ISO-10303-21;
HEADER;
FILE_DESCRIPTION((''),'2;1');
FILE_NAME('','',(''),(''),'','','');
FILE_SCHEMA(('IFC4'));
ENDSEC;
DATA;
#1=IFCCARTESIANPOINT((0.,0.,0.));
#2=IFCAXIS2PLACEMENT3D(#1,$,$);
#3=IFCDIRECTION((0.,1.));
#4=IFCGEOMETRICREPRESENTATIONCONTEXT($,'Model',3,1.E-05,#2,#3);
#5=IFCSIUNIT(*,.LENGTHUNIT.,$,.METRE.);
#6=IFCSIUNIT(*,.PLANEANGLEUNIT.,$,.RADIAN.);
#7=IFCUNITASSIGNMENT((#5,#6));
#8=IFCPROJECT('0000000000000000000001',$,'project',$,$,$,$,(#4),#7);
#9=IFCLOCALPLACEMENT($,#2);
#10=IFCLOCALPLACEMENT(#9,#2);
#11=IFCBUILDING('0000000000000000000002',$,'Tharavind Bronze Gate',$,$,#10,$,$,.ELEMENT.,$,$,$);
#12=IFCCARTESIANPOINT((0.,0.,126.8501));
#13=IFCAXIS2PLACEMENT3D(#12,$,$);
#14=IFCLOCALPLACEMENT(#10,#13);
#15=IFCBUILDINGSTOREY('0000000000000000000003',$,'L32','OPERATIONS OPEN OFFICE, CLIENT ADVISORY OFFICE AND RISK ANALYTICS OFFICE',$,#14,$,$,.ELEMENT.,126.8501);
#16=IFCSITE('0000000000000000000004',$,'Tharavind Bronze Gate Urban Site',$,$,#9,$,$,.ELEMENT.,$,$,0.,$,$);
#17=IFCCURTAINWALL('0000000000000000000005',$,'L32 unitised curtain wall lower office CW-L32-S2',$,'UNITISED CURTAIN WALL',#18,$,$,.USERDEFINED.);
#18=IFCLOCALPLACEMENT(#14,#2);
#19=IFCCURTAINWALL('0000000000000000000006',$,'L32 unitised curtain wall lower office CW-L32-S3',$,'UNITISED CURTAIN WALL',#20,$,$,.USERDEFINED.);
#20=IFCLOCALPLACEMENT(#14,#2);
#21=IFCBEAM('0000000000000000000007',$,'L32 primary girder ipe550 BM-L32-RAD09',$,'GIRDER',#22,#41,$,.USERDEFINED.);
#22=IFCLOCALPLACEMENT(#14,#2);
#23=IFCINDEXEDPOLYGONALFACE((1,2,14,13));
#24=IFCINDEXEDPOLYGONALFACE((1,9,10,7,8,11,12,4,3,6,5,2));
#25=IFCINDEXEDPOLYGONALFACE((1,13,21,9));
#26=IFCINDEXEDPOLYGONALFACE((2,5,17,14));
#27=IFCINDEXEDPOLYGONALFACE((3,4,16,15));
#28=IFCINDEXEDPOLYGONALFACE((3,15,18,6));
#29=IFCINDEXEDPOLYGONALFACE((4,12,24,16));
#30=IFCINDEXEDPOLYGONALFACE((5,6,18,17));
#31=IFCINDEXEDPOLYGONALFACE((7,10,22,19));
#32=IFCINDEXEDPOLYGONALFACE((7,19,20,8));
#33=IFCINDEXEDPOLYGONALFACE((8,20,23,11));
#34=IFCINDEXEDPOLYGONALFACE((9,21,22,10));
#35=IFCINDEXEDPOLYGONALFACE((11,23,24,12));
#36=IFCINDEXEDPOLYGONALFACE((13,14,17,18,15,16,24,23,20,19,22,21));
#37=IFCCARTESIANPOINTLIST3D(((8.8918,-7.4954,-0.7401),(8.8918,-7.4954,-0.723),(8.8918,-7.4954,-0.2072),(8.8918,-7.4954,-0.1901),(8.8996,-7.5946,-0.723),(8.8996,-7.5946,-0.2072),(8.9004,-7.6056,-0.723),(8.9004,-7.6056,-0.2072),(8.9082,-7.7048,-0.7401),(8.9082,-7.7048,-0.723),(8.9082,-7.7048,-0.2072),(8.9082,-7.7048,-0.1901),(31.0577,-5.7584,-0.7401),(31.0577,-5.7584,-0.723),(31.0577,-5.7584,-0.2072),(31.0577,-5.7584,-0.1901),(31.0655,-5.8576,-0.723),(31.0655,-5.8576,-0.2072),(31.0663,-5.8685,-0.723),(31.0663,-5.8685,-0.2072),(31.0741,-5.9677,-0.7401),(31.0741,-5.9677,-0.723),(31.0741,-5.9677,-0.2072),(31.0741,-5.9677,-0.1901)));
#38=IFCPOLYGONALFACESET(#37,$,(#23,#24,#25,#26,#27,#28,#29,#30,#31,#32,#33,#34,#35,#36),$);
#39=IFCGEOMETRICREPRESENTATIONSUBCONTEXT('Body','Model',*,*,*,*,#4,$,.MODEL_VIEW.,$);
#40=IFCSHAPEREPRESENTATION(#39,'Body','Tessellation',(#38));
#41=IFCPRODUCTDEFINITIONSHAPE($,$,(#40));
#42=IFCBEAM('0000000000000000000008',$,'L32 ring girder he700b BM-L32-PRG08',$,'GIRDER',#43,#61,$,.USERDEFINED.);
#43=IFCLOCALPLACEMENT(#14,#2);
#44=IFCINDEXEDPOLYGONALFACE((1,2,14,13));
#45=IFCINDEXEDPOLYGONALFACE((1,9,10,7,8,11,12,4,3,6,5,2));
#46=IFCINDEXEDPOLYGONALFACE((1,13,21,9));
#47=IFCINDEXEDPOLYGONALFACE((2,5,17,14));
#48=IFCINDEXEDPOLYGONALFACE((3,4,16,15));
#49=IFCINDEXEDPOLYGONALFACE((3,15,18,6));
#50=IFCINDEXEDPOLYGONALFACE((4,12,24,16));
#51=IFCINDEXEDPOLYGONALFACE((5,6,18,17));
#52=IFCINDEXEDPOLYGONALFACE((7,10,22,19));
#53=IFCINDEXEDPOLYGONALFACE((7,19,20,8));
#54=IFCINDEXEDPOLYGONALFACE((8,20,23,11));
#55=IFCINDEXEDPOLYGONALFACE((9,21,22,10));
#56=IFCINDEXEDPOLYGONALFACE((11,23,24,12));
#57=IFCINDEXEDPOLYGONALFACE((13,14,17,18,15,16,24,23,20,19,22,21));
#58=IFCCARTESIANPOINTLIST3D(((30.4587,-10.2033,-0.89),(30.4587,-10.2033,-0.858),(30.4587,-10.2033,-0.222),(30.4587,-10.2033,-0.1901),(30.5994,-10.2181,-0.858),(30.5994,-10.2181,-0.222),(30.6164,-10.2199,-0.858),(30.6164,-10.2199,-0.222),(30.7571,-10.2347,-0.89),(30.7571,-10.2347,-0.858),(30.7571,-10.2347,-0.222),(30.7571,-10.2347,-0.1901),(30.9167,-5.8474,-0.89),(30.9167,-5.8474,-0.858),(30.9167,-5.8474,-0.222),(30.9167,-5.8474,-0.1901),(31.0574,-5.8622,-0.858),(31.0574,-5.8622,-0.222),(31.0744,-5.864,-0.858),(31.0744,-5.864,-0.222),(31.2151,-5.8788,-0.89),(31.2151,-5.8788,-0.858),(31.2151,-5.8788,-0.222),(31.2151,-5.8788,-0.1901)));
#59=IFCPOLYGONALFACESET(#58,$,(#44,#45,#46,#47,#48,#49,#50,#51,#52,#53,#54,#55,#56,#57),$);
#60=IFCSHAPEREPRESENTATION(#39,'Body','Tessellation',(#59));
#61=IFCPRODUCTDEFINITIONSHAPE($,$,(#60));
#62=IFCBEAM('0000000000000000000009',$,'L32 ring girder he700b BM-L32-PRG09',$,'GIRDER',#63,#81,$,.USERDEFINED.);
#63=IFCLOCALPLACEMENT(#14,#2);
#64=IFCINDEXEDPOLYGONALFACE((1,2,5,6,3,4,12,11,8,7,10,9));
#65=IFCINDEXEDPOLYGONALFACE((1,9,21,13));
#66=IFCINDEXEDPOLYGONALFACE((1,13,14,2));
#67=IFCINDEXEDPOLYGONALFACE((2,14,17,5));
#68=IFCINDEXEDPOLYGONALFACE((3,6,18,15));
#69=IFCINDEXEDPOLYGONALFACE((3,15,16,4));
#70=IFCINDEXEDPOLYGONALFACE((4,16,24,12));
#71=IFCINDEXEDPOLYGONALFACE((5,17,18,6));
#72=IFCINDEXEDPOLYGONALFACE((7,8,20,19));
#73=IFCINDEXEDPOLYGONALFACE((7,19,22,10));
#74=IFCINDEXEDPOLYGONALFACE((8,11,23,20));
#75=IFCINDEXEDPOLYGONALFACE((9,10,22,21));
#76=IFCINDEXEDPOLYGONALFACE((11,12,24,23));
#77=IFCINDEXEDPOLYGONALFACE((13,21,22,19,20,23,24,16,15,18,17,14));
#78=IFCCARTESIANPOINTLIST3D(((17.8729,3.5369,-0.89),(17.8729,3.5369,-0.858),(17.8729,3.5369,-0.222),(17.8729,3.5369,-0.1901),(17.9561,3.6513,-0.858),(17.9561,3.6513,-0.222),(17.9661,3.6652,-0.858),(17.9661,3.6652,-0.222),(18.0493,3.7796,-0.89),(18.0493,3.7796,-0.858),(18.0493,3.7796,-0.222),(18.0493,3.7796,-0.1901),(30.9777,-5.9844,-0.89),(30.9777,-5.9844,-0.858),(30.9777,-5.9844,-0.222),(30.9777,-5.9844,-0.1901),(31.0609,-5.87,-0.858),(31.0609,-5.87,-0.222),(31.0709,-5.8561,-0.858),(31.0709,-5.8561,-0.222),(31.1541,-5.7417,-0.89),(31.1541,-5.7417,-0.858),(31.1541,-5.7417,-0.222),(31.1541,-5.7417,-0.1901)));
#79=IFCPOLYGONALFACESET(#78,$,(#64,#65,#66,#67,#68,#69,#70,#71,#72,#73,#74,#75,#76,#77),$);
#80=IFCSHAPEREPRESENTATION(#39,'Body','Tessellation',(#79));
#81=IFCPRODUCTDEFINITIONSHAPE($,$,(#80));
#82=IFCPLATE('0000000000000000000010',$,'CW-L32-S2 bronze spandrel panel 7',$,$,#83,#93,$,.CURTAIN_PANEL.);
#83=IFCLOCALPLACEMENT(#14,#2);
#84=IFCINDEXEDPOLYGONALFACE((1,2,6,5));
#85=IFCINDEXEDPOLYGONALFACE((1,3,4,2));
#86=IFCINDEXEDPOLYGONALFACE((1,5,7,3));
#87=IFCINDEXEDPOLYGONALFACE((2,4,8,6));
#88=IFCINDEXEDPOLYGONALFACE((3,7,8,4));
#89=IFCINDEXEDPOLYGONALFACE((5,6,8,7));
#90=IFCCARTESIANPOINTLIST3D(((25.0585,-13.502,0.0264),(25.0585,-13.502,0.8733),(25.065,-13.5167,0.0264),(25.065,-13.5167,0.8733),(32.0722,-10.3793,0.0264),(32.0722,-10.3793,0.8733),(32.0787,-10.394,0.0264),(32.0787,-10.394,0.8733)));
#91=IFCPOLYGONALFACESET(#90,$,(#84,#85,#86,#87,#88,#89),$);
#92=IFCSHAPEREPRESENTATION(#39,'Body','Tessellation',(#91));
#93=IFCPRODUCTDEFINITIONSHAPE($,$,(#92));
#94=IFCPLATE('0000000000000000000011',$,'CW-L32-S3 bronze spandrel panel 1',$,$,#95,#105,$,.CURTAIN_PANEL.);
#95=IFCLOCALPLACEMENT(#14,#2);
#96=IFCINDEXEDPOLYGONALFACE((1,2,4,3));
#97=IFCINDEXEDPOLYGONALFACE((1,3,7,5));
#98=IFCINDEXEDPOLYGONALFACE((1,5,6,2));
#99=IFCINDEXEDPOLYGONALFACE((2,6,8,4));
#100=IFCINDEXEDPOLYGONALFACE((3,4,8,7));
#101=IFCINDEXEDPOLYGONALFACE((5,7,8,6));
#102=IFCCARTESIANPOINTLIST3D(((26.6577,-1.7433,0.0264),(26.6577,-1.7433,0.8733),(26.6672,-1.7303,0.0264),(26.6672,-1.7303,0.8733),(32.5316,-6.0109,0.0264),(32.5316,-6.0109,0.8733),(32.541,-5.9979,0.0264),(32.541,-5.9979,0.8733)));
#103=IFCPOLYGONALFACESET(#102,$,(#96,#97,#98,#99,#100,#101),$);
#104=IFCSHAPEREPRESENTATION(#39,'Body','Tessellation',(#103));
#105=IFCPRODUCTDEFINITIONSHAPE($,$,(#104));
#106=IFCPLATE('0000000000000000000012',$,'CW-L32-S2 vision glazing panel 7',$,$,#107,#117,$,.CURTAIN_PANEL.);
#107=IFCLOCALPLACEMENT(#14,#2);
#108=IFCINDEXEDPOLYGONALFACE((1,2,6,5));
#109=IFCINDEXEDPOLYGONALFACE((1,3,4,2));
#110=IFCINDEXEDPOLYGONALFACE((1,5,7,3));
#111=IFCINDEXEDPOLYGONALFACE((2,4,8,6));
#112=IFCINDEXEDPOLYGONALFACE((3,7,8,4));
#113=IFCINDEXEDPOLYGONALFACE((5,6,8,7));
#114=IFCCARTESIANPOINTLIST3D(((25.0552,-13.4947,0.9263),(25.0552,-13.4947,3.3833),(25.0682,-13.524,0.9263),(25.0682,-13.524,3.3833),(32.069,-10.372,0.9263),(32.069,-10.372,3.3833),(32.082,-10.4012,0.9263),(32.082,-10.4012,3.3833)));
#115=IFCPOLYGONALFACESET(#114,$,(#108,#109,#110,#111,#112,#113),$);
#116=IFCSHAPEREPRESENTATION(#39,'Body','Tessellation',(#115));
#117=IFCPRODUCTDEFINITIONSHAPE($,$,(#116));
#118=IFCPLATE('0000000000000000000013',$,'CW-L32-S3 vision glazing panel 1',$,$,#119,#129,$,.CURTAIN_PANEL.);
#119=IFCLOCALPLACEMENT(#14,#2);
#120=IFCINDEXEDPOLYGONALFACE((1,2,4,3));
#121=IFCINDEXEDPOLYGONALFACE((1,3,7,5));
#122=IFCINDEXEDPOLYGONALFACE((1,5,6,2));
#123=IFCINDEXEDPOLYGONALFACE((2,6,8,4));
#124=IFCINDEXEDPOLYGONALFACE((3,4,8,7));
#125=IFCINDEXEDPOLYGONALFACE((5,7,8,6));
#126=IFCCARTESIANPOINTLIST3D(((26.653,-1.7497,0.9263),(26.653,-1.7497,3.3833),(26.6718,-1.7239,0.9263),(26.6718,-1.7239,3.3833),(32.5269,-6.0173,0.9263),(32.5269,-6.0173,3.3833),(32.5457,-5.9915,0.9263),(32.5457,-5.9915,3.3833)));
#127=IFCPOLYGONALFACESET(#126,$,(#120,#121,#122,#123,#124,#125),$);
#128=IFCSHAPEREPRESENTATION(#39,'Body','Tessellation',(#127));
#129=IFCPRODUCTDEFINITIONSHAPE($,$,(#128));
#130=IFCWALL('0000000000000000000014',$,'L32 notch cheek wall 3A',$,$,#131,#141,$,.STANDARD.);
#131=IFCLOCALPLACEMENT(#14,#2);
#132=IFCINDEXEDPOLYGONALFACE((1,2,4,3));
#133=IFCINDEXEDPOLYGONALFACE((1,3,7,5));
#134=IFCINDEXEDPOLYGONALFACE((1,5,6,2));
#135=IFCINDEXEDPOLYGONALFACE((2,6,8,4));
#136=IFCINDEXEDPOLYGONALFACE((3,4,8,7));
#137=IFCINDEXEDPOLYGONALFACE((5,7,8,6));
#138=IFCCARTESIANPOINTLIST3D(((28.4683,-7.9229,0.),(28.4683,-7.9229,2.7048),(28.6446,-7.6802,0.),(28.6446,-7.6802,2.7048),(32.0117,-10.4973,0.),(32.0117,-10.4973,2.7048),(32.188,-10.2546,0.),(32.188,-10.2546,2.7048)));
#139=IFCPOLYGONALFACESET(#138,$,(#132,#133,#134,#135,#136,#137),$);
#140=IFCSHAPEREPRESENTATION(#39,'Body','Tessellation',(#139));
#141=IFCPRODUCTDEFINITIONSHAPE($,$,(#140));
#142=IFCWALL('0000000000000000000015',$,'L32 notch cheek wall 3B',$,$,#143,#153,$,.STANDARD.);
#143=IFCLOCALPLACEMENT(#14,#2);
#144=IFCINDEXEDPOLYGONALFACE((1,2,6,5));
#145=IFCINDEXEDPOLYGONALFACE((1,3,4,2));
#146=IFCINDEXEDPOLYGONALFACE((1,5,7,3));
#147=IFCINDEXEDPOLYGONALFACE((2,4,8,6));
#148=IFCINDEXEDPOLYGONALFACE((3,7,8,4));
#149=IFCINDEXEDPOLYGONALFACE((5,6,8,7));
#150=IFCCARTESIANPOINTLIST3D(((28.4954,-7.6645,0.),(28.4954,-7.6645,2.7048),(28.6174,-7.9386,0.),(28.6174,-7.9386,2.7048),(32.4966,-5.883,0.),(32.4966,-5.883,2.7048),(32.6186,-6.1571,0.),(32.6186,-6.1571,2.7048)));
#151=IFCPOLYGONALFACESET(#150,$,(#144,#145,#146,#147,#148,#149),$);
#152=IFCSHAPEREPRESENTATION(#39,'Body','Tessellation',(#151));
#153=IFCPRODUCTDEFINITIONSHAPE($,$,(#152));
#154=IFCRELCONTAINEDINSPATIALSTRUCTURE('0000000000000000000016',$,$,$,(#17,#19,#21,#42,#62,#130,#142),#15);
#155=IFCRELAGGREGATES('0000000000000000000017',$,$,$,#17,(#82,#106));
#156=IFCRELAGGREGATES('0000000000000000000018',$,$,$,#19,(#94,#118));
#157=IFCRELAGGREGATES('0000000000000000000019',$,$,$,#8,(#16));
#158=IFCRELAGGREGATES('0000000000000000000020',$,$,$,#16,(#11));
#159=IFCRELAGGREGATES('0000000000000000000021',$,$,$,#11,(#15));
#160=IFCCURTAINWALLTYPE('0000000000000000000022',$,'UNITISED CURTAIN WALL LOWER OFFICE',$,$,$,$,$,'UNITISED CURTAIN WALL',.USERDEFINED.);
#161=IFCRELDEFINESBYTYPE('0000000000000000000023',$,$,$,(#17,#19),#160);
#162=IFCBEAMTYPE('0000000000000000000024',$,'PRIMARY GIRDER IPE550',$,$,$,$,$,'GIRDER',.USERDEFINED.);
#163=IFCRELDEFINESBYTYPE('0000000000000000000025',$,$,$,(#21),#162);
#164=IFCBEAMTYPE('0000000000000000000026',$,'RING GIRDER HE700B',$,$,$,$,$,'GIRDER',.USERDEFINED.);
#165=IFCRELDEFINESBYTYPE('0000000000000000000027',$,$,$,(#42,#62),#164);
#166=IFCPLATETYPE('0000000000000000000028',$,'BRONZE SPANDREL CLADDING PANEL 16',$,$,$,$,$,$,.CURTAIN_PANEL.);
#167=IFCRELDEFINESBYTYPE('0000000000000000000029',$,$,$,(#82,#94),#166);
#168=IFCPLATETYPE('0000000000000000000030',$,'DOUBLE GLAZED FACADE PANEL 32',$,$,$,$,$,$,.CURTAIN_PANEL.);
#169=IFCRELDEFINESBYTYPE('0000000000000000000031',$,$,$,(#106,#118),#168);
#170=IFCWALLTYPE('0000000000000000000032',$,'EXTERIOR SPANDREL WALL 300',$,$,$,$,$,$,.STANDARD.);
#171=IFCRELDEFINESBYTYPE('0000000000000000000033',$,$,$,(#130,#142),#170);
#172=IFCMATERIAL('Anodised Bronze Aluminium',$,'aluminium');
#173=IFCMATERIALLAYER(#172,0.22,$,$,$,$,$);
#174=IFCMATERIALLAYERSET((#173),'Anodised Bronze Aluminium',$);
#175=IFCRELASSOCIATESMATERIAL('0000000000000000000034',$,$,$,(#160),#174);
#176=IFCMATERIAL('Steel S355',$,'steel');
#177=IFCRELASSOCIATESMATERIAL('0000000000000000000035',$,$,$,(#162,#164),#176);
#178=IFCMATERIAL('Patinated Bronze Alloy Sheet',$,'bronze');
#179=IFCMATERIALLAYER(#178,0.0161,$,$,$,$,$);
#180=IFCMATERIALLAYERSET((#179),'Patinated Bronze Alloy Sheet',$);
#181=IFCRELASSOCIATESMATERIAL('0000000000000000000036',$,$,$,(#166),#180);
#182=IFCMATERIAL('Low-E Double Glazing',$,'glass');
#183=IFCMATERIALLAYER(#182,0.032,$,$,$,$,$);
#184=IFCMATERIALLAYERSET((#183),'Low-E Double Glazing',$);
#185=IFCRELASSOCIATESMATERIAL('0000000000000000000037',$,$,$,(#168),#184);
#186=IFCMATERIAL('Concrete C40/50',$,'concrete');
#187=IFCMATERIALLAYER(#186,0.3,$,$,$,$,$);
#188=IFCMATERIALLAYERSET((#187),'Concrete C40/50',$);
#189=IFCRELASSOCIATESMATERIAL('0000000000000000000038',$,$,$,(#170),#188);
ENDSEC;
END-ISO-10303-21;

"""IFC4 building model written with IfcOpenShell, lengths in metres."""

from ifc_helpers import new_model, si_unit, direction, frame, frame_2d, origin, origin_2d, place, context, subcontext, project, spatial, rectangle, i_section, extrude, material, layer, layer_set, material_profile, profile_set, type_object, element, aggregate, save


model = new_model("IFC4")

# Units and contexts
model_context = context("Model", 3, precision=1e-05, world=origin(), true_north=direction((0.0, 1.0)))
body_context = subcontext(model_context, "Body", "Model", "MODEL_VIEW")
ifc_project = project(units=[si_unit("LENGTHUNIT", "METRE"), si_unit("PLANEANGLEUNIT", "RADIAN")], contexts=[model_context])

# Site, building, storey
site_placement = place(None, origin())
site = spatial("IfcSite", under=ifc_project, at=site_placement, Name="Tharavind Bronze Gate Urban Site", CompositionType="ELEMENT", RefElevation=0.0)
building_placement = place(site_placement, origin())
building = spatial("IfcBuilding", under=site, at=building_placement, Name="Tharavind Bronze Gate", CompositionType="ELEMENT")
storey_placement = place(building_placement, frame((0.0, 0.0, 126.8501)))
storey = spatial("IfcBuildingStorey", under=building, at=storey_placement, Name="L32", Description="OPERATIONS OPEN OFFICE, CLIENT ADVISORY OFFICE AND RISK ANALYTICS OFFICE", CompositionType="ELEMENT", Elevation=126.8501)

# Curtain wall
ifc_material_1 = material(Name="Anodised Bronze Aluminium", Category="aluminium")
ifc_layer_1 = layer(ifc_material_1, 0.22)
ifc_layer_set_1 = layer_set([ifc_layer_1], Name="Anodised Bronze Aluminium")
curtain_wall_type = type_object("IfcCurtainWallType", Name="UNITISED CURTAIN WALL LOWER OFFICE", ElementType="UNITISED CURTAIN WALL", PredefinedType="USERDEFINED", material=ifc_layer_set_1)
curtain_wall_1_placement = place(storey_placement, origin())
curtain_wall_1 = element("IfcCurtainWall", 1, at=curtain_wall_1_placement, inside=storey, type_object=curtain_wall_type, Name="L32 unitised curtain wall lower office CW-L32-S2", ObjectType="UNITISED CURTAIN WALL", PredefinedType="USERDEFINED")

# Curtain wall
curtain_wall_2_placement = place(storey_placement, origin())
curtain_wall_2 = element("IfcCurtainWall", 2, at=curtain_wall_2_placement, inside=storey, type_object=curtain_wall_type, Name="L32 unitised curtain wall lower office CW-L32-S3", ObjectType="UNITISED CURTAIN WALL", PredefinedType="USERDEFINED")

# Beams
ifc_material_2 = material(Name="Steel S355", Category="steel")
ifc_material_profile_1 = material_profile(ifc_material_2, i_section(OverallWidth=0.21, OverallDepth=0.55, WebThickness=0.011, FlangeThickness=0.0171, at=origin_2d()), Name="IPE550")
ifc_profile_set_1 = profile_set([ifc_material_profile_1], Name="Steel S355")
beam_type_1 = type_object("IfcBeamType", Name="PRIMARY GIRDER IPE550", ElementType="GIRDER", PredefinedType="USERDEFINED", material=ifc_profile_set_1)
beam_1_placement = place(storey_placement, frame((31.0659, -5.863, -0.4651), z_axis=(-0.996943, -0.078126, 0.0), x_axis=(0.078126, -0.996943, 0.0)))
element("IfcBeam", 3, at=beam_1_placement, inside=storey, type_object=beam_type_1, Name="L32 primary girder ipe550 BM-L32-RAD09", ObjectType="GIRDER", PredefinedType="USERDEFINED", context=body_context, shape_type="SweptSolid", body=[
    extrude(i_section(OverallWidth=0.21, OverallDepth=0.55, WebThickness=0.011, FlangeThickness=0.0171, at=origin_2d()), origin(), (0.0, 0.0, 1.0), 22.2339),
])
ifc_material_profile_2 = material_profile(ifc_material_2, i_section(OverallWidth=0.3, OverallDepth=0.7, WebThickness=0.0171, FlangeThickness=0.032, at=origin_2d()), Name="HE700B")
ifc_profile_set_2 = profile_set([ifc_material_profile_2], Name="Steel S355")
beam_type_2 = type_object("IfcBeamType", Name="RING GIRDER HE700B", ElementType="GIRDER", PredefinedType="USERDEFINED", material=ifc_profile_set_2)
beam_2_placement = place(storey_placement, frame((30.6079, -10.219, -0.54), z_axis=(0.104569, 0.994518, 0.0), x_axis=(-0.994518, 0.104569, 0.0)))
element("IfcBeam", 4, at=beam_2_placement, inside=storey, type_object=beam_type_2, Name="L32 ring girder he700b BM-L32-PRG08", ObjectType="GIRDER", PredefinedType="USERDEFINED", context=body_context, shape_type="SweptSolid", body=[
    extrude(i_section(OverallWidth=0.3, OverallDepth=0.7, WebThickness=0.0171, FlangeThickness=0.032, at=origin_2d()), origin(), (0.0, 0.0, 1.0), 4.3799),
])
beam_3_placement = place(storey_placement, frame((31.0659, -5.863, -0.54), z_axis=(-0.809014, 0.587789, 0.0), x_axis=(-0.587789, -0.809014, 0.0)))
element("IfcBeam", 5, at=beam_3_placement, inside=storey, type_object=beam_type_2, Name="L32 ring girder he700b BM-L32-PRG09", ObjectType="GIRDER", PredefinedType="USERDEFINED", context=body_context, shape_type="SweptSolid", body=[
    extrude(i_section(OverallWidth=0.3, OverallDepth=0.7, WebThickness=0.0171, FlangeThickness=0.032, at=origin_2d()), origin(), (0.0, 0.0, 1.0), 16.1985),
])

# Plates
ifc_material_3 = material(Name="Patinated Bronze Alloy Sheet", Category="bronze")
ifc_layer_2 = layer(ifc_material_3, 0.0161)
ifc_layer_set_2 = layer_set([ifc_layer_2], Name="Patinated Bronze Alloy Sheet")
plate_type_1 = type_object("IfcPlateType", Name="BRONZE SPANDREL CLADDING PANEL 16", PredefinedType="CURTAIN_PANEL", material=ifc_layer_set_2)
plate_1_placement = place(storey_placement, frame((28.5686, -11.948, 0.0264), z_axis=(0.0, 0.0, 1.0), x_axis=(0.913545, 0.406737, 0.0)))
plate_1 = element("IfcPlate", 6, at=plate_1_placement, type_object=plate_type_1, Name="CW-L32-S2 bronze spandrel panel 7", PredefinedType="CURTAIN_PANEL", context=body_context, shape_type="SweptSolid", body=[
    extrude(rectangle(XDim=7.6775, YDim=0.0161, at=origin_2d()), origin(), (0.0, 0.0, 1.0), 0.8469),
])
plate_2_placement = place(storey_placement, frame((29.5994, -3.8706, 0.0264), z_axis=(0.0, 0.0, 1.0), x_axis=(-0.809017, 0.587785, 0.0)))
plate_2 = element("IfcPlate", 7, at=plate_2_placement, type_object=plate_type_1, Name="CW-L32-S3 bronze spandrel panel 1", PredefinedType="CURTAIN_PANEL", context=body_context, shape_type="SweptSolid", body=[
    extrude(rectangle(XDim=7.2605, YDim=0.0161, at=origin_2d()), origin(), (0.0, 0.0, 1.0), 0.8469),
])
ifc_material_4 = material(Name="Low-E Double Glazing", Category="glass")
ifc_layer_3 = layer(ifc_material_4, 0.032)
ifc_layer_set_3 = layer_set([ifc_layer_3], Name="Low-E Double Glazing")
plate_type_2 = type_object("IfcPlateType", Name="DOUBLE GLAZED FACADE PANEL 32", PredefinedType="CURTAIN_PANEL", material=ifc_layer_set_3)
plate_3_placement = place(storey_placement, frame((28.5686, -11.948, 0.9263), z_axis=(0.0, 0.0, 1.0), x_axis=(0.913545, 0.406737, 0.0)))
plate_3 = element("IfcPlate", 8, at=plate_3_placement, type_object=plate_type_2, Name="CW-L32-S2 vision glazing panel 7", PredefinedType="CURTAIN_PANEL", context=body_context, shape_type="SweptSolid", body=[
    extrude(rectangle(XDim=7.6775, YDim=0.032, at=origin_2d()), origin(), (0.0, 0.0, 1.0), 2.457),
])
aggregate(curtain_wall_1, [plate_1, plate_3])
plate_4_placement = place(storey_placement, frame((29.5994, -3.8706, 0.9263), z_axis=(0.0, 0.0, 1.0), x_axis=(-0.809017, 0.587785, 0.0)))
plate_4 = element("IfcPlate", 9, at=plate_4_placement, type_object=plate_type_2, Name="CW-L32-S3 vision glazing panel 1", PredefinedType="CURTAIN_PANEL", context=body_context, shape_type="SweptSolid", body=[
    extrude(rectangle(XDim=7.2605, YDim=0.032, at=origin_2d()), origin(), (0.0, 0.0, 1.0), 2.457),
])
aggregate(curtain_wall_2, [plate_2, plate_4])

# Walls
ifc_material_5 = material(Name="Concrete C40/50", Category="concrete")
ifc_layer_4 = layer(ifc_material_5, 0.3)
ifc_layer_set_4 = layer_set([ifc_layer_4], Name="Concrete C40/50")
wall_type = type_object("IfcWallType", Name="EXTERIOR SPANDREL WALL 300", PredefinedType="STANDARD", material=ifc_layer_set_4)
for number, where, z_axis, x_axis, name in (
    (10, (32.0999, -10.376, 0.0), (0.0, 0.0, 1.0), (-0.809018, 0.587784, 0.0), "L32 notch cheek wall 3A"),
    (11, (28.5564, -7.8015, 0.0), (0.0, 0.0, 1.0), (0.913542, 0.406743, 0.0), "L32 notch cheek wall 3B"),
):
    element("IfcWall", number, at=place(storey_placement, frame(where, z_axis=z_axis, x_axis=x_axis)), inside=storey, type_object=wall_type, Name=name, PredefinedType="STANDARD", context=body_context, shape_type="SweptSolid", body=[
        extrude(rectangle(XDim=4.3799, YDim=0.3, at=frame_2d((2.1899, 0.0))), origin(), (0.0, 0.0, 1.0), 2.7048),
    ])

save(model, "model.ifc")
